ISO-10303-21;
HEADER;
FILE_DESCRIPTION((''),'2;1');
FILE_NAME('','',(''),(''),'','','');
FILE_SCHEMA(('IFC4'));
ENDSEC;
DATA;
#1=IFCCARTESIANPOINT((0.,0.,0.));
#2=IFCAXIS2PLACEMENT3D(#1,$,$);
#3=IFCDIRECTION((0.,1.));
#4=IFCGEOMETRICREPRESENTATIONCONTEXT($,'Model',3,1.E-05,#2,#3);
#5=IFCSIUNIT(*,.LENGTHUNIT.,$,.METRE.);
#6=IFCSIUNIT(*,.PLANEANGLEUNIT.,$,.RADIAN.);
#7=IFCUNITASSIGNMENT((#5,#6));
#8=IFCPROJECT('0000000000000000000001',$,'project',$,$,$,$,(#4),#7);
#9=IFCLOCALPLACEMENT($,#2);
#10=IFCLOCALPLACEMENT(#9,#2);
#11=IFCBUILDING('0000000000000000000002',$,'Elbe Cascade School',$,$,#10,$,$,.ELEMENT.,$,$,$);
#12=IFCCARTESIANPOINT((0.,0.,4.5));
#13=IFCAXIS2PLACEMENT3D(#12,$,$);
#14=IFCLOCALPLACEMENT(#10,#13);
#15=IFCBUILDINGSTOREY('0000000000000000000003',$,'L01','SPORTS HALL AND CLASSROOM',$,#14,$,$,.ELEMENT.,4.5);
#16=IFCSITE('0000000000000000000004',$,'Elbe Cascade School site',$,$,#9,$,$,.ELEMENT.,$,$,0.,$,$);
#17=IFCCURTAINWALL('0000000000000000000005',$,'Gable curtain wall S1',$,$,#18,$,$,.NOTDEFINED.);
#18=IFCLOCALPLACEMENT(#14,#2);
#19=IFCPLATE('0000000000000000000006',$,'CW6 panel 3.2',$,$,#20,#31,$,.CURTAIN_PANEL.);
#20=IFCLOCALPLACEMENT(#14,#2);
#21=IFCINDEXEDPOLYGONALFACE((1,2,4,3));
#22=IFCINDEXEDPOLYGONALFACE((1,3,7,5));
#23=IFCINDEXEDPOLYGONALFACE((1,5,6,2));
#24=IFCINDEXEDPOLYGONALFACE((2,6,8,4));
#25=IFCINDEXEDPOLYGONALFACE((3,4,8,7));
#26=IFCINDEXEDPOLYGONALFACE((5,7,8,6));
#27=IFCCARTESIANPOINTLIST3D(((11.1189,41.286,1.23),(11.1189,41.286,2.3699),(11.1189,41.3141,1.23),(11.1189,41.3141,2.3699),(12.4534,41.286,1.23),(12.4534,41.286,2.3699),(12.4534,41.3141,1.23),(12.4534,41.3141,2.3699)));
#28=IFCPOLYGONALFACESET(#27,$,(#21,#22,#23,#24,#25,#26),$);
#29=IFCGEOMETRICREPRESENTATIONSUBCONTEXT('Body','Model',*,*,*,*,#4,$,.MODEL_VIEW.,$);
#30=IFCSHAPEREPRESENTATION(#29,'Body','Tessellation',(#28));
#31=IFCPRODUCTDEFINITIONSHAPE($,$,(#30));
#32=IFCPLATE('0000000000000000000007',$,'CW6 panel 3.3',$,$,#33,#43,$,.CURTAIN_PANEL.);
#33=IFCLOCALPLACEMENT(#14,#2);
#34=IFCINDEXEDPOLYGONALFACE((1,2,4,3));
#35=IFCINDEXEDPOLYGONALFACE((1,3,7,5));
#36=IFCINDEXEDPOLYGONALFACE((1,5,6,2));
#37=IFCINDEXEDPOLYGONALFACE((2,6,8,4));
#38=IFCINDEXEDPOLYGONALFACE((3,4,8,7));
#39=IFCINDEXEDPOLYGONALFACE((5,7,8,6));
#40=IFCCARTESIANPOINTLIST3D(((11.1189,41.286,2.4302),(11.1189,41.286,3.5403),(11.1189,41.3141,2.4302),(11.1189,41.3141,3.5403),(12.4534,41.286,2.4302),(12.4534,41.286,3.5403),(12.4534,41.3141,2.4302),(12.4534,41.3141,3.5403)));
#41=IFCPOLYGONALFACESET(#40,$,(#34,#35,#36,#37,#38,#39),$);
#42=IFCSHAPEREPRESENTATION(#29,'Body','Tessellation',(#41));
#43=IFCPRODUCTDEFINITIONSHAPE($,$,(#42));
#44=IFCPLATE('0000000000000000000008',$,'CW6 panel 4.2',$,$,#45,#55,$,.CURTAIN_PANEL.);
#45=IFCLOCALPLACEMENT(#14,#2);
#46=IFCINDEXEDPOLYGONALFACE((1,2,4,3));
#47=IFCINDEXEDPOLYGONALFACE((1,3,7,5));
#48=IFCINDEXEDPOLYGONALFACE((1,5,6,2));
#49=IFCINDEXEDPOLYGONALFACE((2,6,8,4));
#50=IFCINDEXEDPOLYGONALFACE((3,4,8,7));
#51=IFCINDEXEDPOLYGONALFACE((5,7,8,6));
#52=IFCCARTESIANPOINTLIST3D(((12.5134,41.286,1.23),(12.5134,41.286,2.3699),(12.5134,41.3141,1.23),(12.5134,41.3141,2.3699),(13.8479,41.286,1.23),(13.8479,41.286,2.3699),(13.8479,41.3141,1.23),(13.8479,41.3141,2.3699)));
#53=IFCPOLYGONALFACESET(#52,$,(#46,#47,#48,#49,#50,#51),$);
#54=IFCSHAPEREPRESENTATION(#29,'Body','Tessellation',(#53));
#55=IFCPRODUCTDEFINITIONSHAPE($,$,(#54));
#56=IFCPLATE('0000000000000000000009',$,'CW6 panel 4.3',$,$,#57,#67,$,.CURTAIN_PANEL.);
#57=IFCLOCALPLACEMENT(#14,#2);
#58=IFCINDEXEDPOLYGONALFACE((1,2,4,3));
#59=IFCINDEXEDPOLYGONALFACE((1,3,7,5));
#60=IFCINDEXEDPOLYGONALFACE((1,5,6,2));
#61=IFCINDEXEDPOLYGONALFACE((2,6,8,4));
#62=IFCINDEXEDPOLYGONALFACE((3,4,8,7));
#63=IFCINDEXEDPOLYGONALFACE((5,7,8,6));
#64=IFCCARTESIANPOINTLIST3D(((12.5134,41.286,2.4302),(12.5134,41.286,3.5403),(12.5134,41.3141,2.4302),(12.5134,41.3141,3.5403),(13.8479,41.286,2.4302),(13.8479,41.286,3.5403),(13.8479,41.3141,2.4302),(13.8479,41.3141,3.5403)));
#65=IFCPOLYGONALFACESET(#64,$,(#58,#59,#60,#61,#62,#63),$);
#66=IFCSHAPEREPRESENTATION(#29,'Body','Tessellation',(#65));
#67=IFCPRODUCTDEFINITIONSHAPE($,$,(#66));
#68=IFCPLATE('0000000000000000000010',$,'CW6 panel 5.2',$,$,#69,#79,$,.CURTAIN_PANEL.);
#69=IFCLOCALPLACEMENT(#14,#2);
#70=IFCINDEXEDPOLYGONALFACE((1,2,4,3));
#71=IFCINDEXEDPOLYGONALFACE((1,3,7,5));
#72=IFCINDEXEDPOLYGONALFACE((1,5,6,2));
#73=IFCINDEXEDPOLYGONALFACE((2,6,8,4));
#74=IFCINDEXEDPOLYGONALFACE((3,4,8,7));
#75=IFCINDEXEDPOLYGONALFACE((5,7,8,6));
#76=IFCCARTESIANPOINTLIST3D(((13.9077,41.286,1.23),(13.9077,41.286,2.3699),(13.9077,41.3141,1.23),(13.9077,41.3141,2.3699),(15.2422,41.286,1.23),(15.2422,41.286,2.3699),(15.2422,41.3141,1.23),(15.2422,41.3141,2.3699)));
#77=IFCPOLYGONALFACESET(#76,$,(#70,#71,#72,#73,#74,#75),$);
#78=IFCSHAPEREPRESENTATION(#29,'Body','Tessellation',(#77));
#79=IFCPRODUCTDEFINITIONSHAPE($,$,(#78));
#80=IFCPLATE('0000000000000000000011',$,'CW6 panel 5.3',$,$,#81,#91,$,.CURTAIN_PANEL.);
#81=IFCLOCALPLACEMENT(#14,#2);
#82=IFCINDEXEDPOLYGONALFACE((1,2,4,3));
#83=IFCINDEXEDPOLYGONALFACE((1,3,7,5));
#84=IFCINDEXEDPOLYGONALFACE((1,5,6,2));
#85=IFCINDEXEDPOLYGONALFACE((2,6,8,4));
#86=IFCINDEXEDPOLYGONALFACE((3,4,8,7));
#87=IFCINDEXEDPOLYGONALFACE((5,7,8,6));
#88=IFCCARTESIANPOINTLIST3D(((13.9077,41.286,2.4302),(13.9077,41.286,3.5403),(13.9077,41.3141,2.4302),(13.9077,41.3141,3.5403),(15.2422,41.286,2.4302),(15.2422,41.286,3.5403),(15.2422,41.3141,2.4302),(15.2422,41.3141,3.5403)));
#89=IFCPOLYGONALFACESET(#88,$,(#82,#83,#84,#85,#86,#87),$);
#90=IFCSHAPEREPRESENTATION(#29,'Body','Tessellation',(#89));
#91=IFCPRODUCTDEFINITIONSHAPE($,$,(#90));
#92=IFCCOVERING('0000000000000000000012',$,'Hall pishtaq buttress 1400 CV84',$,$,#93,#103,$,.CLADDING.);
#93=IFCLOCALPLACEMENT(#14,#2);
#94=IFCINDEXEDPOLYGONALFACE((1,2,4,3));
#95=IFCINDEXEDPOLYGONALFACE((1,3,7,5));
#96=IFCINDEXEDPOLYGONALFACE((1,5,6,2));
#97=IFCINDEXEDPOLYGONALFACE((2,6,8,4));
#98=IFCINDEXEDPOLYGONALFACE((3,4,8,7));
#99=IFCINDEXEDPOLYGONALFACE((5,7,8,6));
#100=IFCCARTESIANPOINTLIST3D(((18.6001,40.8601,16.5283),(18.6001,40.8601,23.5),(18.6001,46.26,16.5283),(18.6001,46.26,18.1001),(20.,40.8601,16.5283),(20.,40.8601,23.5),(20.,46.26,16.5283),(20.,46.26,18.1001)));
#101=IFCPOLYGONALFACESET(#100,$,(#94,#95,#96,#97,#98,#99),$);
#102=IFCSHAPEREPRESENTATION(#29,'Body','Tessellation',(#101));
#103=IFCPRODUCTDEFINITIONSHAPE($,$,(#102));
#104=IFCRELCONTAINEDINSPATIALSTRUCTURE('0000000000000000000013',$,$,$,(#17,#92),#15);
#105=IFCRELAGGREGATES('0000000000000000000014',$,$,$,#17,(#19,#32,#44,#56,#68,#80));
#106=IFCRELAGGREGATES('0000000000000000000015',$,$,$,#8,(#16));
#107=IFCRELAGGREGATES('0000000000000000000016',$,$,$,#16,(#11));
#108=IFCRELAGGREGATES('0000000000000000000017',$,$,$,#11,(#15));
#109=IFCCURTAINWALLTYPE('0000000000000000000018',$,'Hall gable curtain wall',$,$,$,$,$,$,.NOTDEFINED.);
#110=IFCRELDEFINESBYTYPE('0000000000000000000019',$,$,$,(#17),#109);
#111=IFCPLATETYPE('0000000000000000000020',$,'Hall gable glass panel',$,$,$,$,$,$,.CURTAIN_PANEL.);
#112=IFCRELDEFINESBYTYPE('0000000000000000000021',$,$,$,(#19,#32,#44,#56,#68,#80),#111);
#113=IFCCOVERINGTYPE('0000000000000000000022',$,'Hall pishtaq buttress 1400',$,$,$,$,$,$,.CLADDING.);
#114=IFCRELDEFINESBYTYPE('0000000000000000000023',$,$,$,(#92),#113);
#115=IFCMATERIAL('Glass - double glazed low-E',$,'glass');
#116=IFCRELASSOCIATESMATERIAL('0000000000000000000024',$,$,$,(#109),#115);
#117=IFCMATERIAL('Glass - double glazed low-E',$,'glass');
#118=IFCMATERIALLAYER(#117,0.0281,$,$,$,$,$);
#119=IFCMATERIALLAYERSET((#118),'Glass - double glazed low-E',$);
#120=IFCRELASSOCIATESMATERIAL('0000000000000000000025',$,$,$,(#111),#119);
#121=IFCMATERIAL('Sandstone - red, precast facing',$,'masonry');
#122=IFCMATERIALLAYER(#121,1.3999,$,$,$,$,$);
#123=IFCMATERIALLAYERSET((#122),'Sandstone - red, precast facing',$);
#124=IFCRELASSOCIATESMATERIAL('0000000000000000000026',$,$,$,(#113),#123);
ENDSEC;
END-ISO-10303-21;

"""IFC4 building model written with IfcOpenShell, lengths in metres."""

from ifc_helpers import new_model, si_unit, direction, frame, origin, origin_2d, place, context, subcontext, project, spatial, polyline, rectangle, outline, extrude, material, layer, layer_set, type_object, element, aggregate, save


model = new_model("IFC4")

# Units and contexts
model_context = context("Model", 3, precision=1e-05, world=origin(), true_north=direction((0.0, 1.0)))
body_context = subcontext(model_context, "Body", "Model", "MODEL_VIEW")
ifc_project = project(units=[si_unit("LENGTHUNIT", "METRE"), si_unit("PLANEANGLEUNIT", "RADIAN")], contexts=[model_context])

# Site, building, storey
site_placement = place(None, origin())
site = spatial("IfcSite", under=ifc_project, at=site_placement, Name="Elbe Cascade School site", CompositionType="ELEMENT", RefElevation=0.0)
building_placement = place(site_placement, origin())
building = spatial("IfcBuilding", under=site, at=building_placement, Name="Elbe Cascade School", CompositionType="ELEMENT")
storey_placement = place(building_placement, frame((0.0, 0.0, 4.5)))
storey = spatial("IfcBuildingStorey", under=building, at=storey_placement, Name="L01", Description="SPORTS HALL AND CLASSROOM", CompositionType="ELEMENT", Elevation=4.5)

# Curtain wall, plates
ifc_material_1 = material(Name="Glass - double glazed low-E", Category="glass")
curtain_wall_type = type_object("IfcCurtainWallType", Name="Hall gable curtain wall", PredefinedType="NOTDEFINED", material=ifc_material_1)
curtain_wall_placement = place(storey_placement, origin())
curtain_wall = element("IfcCurtainWall", 1, at=curtain_wall_placement, inside=storey, type_object=curtain_wall_type, Name="Gable curtain wall S1", PredefinedType="NOTDEFINED")
ifc_material_2 = material(Name="Glass - double glazed low-E", Category="glass")
ifc_layer_1 = layer(ifc_material_2, 0.0281)
ifc_layer_set_1 = layer_set([ifc_layer_1], Name="Glass - double glazed low-E")
plate_type = type_object("IfcPlateType", Name="Hall gable glass panel", PredefinedType="CURTAIN_PANEL", material=ifc_layer_set_1)
plate_1_placement = place(storey_placement, frame((11.7861, 41.3, 1.23), z_axis=(0.0, 0.0, 1.0), x_axis=(1.0, 0.0, 0.0)))
plate_1 = element("IfcPlate", 2, at=plate_1_placement, type_object=plate_type, Name="CW6 panel 3.2", PredefinedType="CURTAIN_PANEL", context=body_context, shape_type="SweptSolid", body=[
    extrude(rectangle(XDim=1.3345, YDim=0.0281, at=origin_2d()), origin(), (0.0, 0.0, 1.0), 1.1399),
])
plate_2_placement = place(storey_placement, frame((11.7861, 41.3, 2.4302), z_axis=(0.0, 0.0, 1.0), x_axis=(1.0, 0.0, 0.0)))
plate_2 = element("IfcPlate", 3, at=plate_2_placement, type_object=plate_type, Name="CW6 panel 3.3", PredefinedType="CURTAIN_PANEL", context=body_context, shape_type="SweptSolid", body=[
    extrude(rectangle(XDim=1.3345, YDim=0.0281, at=origin_2d()), origin(), (0.0, 0.0, 1.0), 1.1101),
])
plate_3_placement = place(storey_placement, frame((13.1807, 41.3, 1.23), z_axis=(0.0, 0.0, 1.0), x_axis=(1.0, 0.0, 0.0)))
plate_3 = element("IfcPlate", 4, at=plate_3_placement, type_object=plate_type, Name="CW6 panel 4.2", PredefinedType="CURTAIN_PANEL", context=body_context, shape_type="SweptSolid", body=[
    extrude(rectangle(XDim=1.3345, YDim=0.0281, at=origin_2d()), origin(), (0.0, 0.0, 1.0), 1.1399),
])
plate_4_placement = place(storey_placement, frame((13.1807, 41.3, 2.4302), z_axis=(0.0, 0.0, 1.0), x_axis=(1.0, 0.0, 0.0)))
plate_4 = element("IfcPlate", 5, at=plate_4_placement, type_object=plate_type, Name="CW6 panel 4.3", PredefinedType="CURTAIN_PANEL", context=body_context, shape_type="SweptSolid", body=[
    extrude(rectangle(XDim=1.3345, YDim=0.0281, at=origin_2d()), origin(), (0.0, 0.0, 1.0), 1.1101),
])
plate_5_placement = place(storey_placement, frame((14.575, 41.3, 1.23), z_axis=(0.0, 0.0, 1.0), x_axis=(1.0, 0.0, 0.0)))
plate_5 = element("IfcPlate", 6, at=plate_5_placement, type_object=plate_type, Name="CW6 panel 5.2", PredefinedType="CURTAIN_PANEL", context=body_context, shape_type="SweptSolid", body=[
    extrude(rectangle(XDim=1.3345, YDim=0.0281, at=origin_2d()), origin(), (0.0, 0.0, 1.0), 1.1399),
])
plate_6_placement = place(storey_placement, frame((14.575, 41.3, 2.4302), z_axis=(0.0, 0.0, 1.0), x_axis=(1.0, 0.0, 0.0)))
plate_6 = element("IfcPlate", 7, at=plate_6_placement, type_object=plate_type, Name="CW6 panel 5.3", PredefinedType="CURTAIN_PANEL", context=body_context, shape_type="SweptSolid", body=[
    extrude(rectangle(XDim=1.3345, YDim=0.0281, at=origin_2d()), origin(), (0.0, 0.0, 1.0), 1.1101),
])
aggregate(curtain_wall, [plate_1, plate_2, plate_3, plate_4, plate_5, plate_6])

# Covering
ifc_material_3 = material(Name="Sandstone - red, precast facing", Category="masonry")
ifc_layer_2 = layer(ifc_material_3, 1.3999)
ifc_layer_set_2 = layer_set([ifc_layer_2], Name="Sandstone - red, precast facing")
covering_type = type_object("IfcCoveringType", Name="Hall pishtaq buttress 1400", PredefinedType="CLADDING", material=ifc_layer_set_2)
covering_placement = place(storey_placement, frame((19.3, 40.8601, 16.5283), z_axis=(0.0, 0.0, 1.0), x_axis=(0.0, 1.0, 0.0)))
element("IfcCovering", 8, at=covering_placement, inside=storey, type_object=covering_type, Name="Hall pishtaq buttress 1400 CV84", PredefinedType="CLADDING", context=body_context, shape_type="SweptSolid", body=[
    extrude(outline(polyline([(0.0, 0.0), (5.3999, 0.0), (5.3999, 1.5718), (0.0, 6.9717), (0.0, 0.0)])), frame((0.0, 0.7, 0.0), z_axis=(0.0, -1.0, 0.0), x_axis=(1.0, 0.0, 0.0)), (0.0, 0.0, 1.0), 1.3999),
])

save(model, "model.ifc")
